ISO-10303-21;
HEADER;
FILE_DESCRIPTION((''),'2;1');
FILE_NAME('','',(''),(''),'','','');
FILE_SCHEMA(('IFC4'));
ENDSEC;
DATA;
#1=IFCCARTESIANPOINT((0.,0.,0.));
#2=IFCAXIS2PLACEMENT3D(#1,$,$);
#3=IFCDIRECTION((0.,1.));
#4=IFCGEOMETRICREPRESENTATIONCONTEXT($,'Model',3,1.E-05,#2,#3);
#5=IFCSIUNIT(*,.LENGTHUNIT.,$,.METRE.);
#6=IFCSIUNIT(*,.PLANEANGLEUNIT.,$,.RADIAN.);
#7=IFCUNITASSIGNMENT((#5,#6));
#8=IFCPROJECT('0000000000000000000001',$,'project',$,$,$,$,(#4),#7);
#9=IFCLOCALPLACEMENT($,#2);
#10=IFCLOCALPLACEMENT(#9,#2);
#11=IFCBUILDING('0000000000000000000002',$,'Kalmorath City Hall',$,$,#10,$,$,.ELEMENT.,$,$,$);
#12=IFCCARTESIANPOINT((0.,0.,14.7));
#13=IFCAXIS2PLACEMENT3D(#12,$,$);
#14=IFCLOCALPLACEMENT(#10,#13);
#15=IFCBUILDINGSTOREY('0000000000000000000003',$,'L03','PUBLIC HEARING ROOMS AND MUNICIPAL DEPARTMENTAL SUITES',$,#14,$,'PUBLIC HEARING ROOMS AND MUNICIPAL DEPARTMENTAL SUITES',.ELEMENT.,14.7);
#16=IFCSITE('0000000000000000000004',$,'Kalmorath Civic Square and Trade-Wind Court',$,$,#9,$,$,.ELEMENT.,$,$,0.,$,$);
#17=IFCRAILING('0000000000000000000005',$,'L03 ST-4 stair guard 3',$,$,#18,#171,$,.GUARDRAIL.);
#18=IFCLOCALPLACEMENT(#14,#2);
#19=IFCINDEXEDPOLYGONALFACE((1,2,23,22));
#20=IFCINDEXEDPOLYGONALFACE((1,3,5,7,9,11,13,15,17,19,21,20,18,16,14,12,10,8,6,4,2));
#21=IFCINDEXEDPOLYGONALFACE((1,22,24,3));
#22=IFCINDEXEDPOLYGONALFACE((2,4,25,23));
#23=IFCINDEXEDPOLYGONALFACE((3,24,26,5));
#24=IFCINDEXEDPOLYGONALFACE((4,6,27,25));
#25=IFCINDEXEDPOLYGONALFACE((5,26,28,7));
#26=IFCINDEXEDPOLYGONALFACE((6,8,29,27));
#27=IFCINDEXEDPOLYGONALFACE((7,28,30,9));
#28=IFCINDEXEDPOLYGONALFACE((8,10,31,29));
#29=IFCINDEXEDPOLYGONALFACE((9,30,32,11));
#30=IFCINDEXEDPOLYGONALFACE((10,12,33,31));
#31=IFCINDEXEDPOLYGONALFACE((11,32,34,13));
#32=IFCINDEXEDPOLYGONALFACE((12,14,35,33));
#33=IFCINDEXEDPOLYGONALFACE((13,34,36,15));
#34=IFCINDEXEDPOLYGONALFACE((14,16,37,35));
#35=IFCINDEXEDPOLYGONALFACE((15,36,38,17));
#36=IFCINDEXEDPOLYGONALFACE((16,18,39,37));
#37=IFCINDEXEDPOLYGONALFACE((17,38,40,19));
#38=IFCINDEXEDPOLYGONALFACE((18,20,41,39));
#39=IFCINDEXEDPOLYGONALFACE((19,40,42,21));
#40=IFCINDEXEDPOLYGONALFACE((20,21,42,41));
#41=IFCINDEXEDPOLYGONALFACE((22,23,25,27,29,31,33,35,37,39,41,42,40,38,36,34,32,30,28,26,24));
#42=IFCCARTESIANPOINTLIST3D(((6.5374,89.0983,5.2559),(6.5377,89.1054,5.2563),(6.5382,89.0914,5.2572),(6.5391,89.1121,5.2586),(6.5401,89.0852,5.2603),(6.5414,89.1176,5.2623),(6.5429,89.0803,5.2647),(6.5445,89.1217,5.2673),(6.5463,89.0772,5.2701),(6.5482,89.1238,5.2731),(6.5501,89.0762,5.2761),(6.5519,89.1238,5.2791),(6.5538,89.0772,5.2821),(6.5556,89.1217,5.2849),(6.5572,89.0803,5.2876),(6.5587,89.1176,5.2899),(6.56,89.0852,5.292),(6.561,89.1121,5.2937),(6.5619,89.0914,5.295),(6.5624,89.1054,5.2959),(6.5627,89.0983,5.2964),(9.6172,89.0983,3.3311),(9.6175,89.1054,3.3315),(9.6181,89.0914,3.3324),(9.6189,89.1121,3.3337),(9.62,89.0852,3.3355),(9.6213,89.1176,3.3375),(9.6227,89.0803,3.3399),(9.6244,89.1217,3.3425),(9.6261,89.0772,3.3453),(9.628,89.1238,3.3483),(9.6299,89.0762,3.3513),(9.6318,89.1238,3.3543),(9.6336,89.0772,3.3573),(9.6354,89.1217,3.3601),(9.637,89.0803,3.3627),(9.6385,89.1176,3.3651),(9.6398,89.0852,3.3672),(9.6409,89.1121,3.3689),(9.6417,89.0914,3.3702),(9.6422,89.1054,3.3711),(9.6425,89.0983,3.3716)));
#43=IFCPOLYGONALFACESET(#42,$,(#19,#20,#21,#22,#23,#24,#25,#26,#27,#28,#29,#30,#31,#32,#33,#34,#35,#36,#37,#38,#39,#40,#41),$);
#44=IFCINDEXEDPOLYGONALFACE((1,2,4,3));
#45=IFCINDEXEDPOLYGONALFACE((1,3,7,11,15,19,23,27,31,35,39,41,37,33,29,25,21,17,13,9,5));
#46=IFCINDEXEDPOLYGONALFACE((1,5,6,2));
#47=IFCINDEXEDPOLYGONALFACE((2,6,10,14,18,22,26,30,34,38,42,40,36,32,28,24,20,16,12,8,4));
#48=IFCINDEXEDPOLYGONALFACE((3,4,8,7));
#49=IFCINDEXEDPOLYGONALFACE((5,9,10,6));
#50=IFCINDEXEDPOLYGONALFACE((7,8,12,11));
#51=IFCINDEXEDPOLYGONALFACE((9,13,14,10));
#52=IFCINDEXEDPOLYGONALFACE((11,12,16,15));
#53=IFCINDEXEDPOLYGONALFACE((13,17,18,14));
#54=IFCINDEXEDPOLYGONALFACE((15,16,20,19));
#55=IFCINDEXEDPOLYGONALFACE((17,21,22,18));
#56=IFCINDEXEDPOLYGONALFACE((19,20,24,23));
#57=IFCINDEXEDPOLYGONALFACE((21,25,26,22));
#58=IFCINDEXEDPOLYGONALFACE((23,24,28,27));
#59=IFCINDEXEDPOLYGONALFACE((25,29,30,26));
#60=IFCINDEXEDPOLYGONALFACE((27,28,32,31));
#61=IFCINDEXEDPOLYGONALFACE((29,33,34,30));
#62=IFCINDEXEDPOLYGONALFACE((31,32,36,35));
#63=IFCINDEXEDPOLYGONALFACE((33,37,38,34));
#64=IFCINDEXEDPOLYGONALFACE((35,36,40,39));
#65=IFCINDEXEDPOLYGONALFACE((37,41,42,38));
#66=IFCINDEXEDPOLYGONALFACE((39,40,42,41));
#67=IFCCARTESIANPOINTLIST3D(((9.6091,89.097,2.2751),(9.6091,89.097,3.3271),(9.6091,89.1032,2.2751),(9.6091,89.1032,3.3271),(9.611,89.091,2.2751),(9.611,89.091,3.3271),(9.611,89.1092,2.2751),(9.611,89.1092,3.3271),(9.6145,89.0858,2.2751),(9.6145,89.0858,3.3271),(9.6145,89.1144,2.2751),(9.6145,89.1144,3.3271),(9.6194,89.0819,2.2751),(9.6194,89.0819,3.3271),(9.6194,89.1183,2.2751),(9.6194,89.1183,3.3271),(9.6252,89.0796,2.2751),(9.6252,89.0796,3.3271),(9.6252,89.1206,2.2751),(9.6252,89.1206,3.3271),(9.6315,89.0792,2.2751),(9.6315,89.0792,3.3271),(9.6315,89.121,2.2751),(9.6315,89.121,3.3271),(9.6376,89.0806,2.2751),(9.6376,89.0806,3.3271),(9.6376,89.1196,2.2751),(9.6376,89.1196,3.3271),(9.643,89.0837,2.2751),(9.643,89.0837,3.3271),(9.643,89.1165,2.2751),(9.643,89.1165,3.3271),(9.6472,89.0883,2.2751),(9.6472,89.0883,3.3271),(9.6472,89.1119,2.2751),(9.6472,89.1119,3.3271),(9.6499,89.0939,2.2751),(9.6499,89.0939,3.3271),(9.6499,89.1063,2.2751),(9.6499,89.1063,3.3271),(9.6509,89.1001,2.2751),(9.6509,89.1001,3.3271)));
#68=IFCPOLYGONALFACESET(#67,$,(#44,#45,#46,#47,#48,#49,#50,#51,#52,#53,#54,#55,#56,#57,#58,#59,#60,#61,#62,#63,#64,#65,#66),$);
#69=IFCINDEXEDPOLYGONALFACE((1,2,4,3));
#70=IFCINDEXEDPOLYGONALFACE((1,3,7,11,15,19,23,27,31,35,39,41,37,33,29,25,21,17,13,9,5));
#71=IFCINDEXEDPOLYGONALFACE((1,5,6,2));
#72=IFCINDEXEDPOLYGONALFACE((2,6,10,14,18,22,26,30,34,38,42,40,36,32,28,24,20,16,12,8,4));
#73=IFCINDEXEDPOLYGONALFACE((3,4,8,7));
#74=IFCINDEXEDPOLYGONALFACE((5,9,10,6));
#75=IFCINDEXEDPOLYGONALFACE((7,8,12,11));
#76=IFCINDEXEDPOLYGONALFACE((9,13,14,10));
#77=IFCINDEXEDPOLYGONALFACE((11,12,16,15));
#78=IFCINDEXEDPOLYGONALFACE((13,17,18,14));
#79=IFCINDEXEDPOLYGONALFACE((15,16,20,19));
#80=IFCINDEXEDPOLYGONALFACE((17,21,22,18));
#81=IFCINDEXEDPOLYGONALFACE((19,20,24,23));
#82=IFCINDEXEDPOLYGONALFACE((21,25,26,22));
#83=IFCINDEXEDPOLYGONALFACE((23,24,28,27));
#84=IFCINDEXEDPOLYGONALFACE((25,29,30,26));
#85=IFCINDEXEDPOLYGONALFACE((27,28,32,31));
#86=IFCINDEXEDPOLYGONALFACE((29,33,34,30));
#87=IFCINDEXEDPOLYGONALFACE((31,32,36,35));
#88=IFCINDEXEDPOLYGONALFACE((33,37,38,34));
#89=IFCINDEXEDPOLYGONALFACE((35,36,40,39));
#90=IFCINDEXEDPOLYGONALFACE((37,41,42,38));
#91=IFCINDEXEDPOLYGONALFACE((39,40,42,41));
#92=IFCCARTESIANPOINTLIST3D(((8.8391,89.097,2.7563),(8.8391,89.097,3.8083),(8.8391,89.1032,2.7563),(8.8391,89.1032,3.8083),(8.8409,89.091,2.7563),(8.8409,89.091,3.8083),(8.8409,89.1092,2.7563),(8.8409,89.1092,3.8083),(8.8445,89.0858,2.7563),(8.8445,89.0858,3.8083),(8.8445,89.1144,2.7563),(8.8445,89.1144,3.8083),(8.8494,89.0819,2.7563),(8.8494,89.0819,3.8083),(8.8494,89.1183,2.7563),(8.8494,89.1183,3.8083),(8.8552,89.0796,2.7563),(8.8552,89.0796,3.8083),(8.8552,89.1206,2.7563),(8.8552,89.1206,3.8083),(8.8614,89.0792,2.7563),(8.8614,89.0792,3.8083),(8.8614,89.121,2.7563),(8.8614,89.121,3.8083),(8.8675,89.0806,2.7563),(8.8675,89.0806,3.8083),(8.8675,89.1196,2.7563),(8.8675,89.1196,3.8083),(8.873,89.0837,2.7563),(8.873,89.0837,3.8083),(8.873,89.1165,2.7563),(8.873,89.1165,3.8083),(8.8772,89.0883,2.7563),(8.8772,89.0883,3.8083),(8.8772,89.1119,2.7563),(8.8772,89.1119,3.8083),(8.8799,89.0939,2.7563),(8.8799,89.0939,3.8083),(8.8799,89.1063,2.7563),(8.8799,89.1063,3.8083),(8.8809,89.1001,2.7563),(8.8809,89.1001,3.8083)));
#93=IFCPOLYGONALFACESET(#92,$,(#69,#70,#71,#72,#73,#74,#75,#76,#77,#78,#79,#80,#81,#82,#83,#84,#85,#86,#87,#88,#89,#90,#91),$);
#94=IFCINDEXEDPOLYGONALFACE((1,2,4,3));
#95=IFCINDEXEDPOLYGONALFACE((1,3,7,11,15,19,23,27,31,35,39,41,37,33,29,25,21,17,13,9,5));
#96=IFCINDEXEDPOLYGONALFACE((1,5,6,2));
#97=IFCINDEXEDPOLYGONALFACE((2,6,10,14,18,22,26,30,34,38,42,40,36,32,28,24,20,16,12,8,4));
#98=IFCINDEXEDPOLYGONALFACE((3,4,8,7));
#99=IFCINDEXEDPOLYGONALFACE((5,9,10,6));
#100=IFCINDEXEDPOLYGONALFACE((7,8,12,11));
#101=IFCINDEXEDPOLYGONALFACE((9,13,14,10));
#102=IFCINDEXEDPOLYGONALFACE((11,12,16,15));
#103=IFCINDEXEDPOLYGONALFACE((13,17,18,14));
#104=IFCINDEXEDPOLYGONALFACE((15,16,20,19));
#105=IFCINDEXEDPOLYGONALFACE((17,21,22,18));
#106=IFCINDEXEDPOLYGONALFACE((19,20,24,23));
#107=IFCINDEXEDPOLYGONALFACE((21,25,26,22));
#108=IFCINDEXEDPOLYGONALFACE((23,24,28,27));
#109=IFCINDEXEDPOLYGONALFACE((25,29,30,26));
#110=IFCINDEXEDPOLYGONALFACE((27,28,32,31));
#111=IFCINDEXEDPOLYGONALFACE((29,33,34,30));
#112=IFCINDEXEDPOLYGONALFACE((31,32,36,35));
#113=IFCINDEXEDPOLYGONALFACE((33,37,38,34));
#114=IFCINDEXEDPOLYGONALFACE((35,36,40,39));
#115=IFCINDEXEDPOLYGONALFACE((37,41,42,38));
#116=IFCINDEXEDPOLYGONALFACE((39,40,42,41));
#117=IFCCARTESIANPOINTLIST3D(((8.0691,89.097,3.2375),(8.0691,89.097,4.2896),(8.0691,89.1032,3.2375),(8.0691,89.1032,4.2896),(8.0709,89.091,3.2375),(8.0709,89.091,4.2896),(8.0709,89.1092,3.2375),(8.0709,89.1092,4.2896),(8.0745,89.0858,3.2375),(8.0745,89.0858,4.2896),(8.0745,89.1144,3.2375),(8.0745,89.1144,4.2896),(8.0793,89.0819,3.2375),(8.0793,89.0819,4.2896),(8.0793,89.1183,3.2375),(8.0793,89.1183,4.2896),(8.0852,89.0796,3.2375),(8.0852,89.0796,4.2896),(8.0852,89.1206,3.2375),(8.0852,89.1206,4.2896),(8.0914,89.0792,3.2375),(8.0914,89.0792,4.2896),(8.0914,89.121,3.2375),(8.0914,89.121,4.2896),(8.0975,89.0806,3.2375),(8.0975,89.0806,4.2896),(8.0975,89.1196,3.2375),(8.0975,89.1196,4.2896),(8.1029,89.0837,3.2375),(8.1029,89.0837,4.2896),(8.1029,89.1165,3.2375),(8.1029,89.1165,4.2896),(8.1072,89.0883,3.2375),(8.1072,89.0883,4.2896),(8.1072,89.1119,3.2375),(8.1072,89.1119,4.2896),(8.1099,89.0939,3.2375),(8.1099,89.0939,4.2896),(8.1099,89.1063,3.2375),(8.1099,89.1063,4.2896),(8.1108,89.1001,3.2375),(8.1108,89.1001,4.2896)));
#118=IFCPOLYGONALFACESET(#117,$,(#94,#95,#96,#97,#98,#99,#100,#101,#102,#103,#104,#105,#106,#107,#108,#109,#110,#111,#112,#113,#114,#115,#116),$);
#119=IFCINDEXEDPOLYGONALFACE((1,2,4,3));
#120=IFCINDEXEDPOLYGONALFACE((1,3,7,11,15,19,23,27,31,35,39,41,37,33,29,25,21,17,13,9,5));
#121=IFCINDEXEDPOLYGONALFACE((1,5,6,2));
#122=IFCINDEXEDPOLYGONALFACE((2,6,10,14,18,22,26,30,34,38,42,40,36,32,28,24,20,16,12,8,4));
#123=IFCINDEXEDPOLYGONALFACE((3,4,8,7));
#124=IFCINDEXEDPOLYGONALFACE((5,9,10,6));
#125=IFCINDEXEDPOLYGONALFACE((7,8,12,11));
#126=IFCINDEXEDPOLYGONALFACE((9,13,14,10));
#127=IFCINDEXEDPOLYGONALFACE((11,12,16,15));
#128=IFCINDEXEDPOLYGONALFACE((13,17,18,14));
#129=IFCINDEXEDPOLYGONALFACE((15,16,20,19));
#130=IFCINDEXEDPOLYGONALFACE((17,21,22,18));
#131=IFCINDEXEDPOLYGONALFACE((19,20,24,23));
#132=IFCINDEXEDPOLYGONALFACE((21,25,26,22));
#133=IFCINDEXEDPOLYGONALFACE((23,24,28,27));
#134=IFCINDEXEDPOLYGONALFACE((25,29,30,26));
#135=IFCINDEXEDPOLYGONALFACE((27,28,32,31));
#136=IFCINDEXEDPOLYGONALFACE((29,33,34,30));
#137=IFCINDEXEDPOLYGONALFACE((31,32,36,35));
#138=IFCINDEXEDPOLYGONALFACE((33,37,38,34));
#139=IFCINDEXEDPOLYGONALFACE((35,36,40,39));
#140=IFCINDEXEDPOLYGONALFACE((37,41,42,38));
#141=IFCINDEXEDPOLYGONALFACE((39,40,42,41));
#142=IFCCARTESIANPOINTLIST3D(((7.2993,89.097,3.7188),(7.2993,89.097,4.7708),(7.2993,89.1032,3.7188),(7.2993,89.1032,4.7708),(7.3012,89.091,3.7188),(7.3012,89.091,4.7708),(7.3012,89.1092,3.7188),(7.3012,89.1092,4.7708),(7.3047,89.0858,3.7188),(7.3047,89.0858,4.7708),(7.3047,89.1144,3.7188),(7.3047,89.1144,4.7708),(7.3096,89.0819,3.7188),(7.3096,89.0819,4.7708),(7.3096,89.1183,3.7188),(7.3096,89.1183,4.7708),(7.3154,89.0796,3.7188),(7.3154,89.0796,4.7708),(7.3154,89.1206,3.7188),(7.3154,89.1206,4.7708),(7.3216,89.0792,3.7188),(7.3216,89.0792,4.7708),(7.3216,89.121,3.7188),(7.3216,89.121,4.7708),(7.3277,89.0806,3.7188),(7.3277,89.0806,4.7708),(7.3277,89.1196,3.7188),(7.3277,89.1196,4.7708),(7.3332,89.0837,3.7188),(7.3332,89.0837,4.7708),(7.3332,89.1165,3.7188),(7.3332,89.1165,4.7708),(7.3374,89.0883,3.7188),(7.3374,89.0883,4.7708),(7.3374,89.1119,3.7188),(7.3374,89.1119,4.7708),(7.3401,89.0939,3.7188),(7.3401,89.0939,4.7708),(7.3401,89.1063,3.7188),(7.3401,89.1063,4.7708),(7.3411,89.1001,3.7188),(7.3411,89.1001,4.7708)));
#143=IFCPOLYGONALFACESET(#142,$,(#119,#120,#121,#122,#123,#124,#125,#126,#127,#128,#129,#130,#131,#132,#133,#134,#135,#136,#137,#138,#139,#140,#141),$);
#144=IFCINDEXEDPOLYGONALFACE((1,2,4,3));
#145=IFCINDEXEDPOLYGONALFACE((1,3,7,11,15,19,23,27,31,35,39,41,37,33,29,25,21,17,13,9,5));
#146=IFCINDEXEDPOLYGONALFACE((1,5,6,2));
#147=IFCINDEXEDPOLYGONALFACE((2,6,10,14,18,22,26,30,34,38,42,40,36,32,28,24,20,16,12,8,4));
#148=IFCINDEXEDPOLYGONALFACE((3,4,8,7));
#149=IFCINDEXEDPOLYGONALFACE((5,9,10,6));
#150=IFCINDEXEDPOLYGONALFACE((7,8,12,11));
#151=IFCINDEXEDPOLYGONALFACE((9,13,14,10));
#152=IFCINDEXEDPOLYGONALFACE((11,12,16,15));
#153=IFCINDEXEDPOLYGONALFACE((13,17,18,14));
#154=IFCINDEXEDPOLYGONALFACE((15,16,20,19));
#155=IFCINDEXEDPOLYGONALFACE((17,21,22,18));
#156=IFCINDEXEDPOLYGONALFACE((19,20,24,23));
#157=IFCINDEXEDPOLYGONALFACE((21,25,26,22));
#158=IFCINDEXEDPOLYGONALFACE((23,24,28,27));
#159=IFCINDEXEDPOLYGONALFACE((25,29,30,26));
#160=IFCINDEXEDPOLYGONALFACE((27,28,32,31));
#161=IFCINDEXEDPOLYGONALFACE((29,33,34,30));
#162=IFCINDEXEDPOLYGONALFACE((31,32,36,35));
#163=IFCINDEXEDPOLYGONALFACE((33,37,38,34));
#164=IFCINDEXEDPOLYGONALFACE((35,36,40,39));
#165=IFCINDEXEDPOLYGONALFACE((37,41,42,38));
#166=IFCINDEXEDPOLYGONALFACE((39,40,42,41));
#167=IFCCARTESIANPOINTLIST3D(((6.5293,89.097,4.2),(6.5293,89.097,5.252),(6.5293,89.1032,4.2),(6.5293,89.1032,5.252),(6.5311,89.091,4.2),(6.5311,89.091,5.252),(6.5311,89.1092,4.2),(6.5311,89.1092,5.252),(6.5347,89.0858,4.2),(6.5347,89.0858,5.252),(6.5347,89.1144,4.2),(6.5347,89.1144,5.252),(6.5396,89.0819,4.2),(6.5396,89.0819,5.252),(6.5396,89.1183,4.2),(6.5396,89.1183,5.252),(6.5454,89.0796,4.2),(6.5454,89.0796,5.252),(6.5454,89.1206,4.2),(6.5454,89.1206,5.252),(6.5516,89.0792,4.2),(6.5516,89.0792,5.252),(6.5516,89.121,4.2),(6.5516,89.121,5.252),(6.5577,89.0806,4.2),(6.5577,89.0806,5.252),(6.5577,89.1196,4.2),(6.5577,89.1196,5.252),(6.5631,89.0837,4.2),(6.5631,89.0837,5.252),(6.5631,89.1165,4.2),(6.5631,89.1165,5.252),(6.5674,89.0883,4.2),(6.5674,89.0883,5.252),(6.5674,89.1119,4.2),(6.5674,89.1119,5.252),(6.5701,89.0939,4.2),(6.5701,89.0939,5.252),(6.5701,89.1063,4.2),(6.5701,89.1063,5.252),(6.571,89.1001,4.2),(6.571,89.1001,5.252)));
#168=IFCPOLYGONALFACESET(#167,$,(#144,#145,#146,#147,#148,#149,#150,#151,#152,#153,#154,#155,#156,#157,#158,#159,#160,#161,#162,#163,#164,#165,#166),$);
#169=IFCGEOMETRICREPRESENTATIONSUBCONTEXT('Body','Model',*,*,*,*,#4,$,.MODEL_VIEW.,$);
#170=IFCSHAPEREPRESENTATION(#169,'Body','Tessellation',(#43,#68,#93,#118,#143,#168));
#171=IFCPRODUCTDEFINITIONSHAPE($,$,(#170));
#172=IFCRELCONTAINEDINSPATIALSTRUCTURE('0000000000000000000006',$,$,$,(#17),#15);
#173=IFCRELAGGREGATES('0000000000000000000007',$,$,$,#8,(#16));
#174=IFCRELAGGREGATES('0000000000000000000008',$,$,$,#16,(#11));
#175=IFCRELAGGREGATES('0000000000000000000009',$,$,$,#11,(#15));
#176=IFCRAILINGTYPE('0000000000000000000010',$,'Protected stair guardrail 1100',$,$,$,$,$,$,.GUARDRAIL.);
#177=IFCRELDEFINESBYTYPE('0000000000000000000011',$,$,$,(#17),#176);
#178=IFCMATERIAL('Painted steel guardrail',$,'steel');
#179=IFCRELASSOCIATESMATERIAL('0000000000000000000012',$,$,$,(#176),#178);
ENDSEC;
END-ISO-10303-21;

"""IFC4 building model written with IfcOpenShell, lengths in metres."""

from ifc_helpers import new_model, si_unit, direction, frame, origin, origin_2d, place, context, subcontext, project, spatial, circle, extrude, material, type_object, element, save


model = new_model("IFC4")

# Units and contexts
model_context = context("Model", 3, precision=1e-05, world=origin(), true_north=direction((0.0, 1.0)))
body_context = subcontext(model_context, "Body", "Model", "MODEL_VIEW")
ifc_project = project(units=[si_unit("LENGTHUNIT", "METRE"), si_unit("PLANEANGLEUNIT", "RADIAN")], contexts=[model_context])

# Site, building, storey
site_placement = place(None, origin())
site = spatial("IfcSite", under=ifc_project, at=site_placement, Name="Kalmorath Civic Square and Trade-Wind Court", CompositionType="ELEMENT", RefElevation=0.0)
building_placement = place(site_placement, origin())
building = spatial("IfcBuilding", under=site, at=building_placement, Name="Kalmorath City Hall", CompositionType="ELEMENT")
storey_placement = place(building_placement, frame((0.0, 0.0, 14.7)))
storey = spatial("IfcBuildingStorey", under=building, at=storey_placement, Name="L03", Description="PUBLIC HEARING ROOMS AND MUNICIPAL DEPARTMENTAL SUITES", LongName="PUBLIC HEARING ROOMS AND MUNICIPAL DEPARTMENTAL SUITES", CompositionType="ELEMENT", Elevation=14.7)

# Railing
ifc_material_1 = material(Name="Painted steel guardrail", Category="steel")
railing_type_1 = type_object("IfcRailingType", Name="Protected stair guardrail 1100", PredefinedType="GUARDRAIL", material=ifc_material_1)
railing_1_placement = place(storey_placement, frame((9.6299, 89.1001, 2.2751)))
element("IfcRailing", 1, at=railing_1_placement, inside=storey, type_object=railing_type_1, Name="L03 ST-4 stair guard 3", PredefinedType="GUARDRAIL", context=body_context, shape_type="SweptSolid", body=[
    extrude(circle(Radius=0.0239, at=origin_2d()), frame((0.0, 0.0, 1.0762), z_axis=(-0.84801, 0.0, 0.529981), x_axis=(0.0, -1.0, 0.0)), (0.0, 0.0, 1.0), 3.6318),
    extrude(circle(Radius=0.021, at=origin_2d()), origin(), (0.0, 0.0, 1.0), 1.052),
    extrude(circle(Radius=0.021, at=origin_2d()), frame((-0.77, 0.0, 0.4812)), (0.0, 0.0, 1.0), 1.052),
    extrude(circle(Radius=0.021, at=origin_2d()), frame((-1.54, 0.0, 0.9624)), (0.0, 0.0, 1.0), 1.052),
    extrude(circle(Radius=0.021, at=origin_2d()), frame((-2.3098, 0.0, 1.4436)), (0.0, 0.0, 1.0), 1.052),
    extrude(circle(Radius=0.021, at=origin_2d()), frame((-3.0798, 0.0, 1.9248)), (0.0, 0.0, 1.0), 1.052),
])

save(model, "model.ifc")
